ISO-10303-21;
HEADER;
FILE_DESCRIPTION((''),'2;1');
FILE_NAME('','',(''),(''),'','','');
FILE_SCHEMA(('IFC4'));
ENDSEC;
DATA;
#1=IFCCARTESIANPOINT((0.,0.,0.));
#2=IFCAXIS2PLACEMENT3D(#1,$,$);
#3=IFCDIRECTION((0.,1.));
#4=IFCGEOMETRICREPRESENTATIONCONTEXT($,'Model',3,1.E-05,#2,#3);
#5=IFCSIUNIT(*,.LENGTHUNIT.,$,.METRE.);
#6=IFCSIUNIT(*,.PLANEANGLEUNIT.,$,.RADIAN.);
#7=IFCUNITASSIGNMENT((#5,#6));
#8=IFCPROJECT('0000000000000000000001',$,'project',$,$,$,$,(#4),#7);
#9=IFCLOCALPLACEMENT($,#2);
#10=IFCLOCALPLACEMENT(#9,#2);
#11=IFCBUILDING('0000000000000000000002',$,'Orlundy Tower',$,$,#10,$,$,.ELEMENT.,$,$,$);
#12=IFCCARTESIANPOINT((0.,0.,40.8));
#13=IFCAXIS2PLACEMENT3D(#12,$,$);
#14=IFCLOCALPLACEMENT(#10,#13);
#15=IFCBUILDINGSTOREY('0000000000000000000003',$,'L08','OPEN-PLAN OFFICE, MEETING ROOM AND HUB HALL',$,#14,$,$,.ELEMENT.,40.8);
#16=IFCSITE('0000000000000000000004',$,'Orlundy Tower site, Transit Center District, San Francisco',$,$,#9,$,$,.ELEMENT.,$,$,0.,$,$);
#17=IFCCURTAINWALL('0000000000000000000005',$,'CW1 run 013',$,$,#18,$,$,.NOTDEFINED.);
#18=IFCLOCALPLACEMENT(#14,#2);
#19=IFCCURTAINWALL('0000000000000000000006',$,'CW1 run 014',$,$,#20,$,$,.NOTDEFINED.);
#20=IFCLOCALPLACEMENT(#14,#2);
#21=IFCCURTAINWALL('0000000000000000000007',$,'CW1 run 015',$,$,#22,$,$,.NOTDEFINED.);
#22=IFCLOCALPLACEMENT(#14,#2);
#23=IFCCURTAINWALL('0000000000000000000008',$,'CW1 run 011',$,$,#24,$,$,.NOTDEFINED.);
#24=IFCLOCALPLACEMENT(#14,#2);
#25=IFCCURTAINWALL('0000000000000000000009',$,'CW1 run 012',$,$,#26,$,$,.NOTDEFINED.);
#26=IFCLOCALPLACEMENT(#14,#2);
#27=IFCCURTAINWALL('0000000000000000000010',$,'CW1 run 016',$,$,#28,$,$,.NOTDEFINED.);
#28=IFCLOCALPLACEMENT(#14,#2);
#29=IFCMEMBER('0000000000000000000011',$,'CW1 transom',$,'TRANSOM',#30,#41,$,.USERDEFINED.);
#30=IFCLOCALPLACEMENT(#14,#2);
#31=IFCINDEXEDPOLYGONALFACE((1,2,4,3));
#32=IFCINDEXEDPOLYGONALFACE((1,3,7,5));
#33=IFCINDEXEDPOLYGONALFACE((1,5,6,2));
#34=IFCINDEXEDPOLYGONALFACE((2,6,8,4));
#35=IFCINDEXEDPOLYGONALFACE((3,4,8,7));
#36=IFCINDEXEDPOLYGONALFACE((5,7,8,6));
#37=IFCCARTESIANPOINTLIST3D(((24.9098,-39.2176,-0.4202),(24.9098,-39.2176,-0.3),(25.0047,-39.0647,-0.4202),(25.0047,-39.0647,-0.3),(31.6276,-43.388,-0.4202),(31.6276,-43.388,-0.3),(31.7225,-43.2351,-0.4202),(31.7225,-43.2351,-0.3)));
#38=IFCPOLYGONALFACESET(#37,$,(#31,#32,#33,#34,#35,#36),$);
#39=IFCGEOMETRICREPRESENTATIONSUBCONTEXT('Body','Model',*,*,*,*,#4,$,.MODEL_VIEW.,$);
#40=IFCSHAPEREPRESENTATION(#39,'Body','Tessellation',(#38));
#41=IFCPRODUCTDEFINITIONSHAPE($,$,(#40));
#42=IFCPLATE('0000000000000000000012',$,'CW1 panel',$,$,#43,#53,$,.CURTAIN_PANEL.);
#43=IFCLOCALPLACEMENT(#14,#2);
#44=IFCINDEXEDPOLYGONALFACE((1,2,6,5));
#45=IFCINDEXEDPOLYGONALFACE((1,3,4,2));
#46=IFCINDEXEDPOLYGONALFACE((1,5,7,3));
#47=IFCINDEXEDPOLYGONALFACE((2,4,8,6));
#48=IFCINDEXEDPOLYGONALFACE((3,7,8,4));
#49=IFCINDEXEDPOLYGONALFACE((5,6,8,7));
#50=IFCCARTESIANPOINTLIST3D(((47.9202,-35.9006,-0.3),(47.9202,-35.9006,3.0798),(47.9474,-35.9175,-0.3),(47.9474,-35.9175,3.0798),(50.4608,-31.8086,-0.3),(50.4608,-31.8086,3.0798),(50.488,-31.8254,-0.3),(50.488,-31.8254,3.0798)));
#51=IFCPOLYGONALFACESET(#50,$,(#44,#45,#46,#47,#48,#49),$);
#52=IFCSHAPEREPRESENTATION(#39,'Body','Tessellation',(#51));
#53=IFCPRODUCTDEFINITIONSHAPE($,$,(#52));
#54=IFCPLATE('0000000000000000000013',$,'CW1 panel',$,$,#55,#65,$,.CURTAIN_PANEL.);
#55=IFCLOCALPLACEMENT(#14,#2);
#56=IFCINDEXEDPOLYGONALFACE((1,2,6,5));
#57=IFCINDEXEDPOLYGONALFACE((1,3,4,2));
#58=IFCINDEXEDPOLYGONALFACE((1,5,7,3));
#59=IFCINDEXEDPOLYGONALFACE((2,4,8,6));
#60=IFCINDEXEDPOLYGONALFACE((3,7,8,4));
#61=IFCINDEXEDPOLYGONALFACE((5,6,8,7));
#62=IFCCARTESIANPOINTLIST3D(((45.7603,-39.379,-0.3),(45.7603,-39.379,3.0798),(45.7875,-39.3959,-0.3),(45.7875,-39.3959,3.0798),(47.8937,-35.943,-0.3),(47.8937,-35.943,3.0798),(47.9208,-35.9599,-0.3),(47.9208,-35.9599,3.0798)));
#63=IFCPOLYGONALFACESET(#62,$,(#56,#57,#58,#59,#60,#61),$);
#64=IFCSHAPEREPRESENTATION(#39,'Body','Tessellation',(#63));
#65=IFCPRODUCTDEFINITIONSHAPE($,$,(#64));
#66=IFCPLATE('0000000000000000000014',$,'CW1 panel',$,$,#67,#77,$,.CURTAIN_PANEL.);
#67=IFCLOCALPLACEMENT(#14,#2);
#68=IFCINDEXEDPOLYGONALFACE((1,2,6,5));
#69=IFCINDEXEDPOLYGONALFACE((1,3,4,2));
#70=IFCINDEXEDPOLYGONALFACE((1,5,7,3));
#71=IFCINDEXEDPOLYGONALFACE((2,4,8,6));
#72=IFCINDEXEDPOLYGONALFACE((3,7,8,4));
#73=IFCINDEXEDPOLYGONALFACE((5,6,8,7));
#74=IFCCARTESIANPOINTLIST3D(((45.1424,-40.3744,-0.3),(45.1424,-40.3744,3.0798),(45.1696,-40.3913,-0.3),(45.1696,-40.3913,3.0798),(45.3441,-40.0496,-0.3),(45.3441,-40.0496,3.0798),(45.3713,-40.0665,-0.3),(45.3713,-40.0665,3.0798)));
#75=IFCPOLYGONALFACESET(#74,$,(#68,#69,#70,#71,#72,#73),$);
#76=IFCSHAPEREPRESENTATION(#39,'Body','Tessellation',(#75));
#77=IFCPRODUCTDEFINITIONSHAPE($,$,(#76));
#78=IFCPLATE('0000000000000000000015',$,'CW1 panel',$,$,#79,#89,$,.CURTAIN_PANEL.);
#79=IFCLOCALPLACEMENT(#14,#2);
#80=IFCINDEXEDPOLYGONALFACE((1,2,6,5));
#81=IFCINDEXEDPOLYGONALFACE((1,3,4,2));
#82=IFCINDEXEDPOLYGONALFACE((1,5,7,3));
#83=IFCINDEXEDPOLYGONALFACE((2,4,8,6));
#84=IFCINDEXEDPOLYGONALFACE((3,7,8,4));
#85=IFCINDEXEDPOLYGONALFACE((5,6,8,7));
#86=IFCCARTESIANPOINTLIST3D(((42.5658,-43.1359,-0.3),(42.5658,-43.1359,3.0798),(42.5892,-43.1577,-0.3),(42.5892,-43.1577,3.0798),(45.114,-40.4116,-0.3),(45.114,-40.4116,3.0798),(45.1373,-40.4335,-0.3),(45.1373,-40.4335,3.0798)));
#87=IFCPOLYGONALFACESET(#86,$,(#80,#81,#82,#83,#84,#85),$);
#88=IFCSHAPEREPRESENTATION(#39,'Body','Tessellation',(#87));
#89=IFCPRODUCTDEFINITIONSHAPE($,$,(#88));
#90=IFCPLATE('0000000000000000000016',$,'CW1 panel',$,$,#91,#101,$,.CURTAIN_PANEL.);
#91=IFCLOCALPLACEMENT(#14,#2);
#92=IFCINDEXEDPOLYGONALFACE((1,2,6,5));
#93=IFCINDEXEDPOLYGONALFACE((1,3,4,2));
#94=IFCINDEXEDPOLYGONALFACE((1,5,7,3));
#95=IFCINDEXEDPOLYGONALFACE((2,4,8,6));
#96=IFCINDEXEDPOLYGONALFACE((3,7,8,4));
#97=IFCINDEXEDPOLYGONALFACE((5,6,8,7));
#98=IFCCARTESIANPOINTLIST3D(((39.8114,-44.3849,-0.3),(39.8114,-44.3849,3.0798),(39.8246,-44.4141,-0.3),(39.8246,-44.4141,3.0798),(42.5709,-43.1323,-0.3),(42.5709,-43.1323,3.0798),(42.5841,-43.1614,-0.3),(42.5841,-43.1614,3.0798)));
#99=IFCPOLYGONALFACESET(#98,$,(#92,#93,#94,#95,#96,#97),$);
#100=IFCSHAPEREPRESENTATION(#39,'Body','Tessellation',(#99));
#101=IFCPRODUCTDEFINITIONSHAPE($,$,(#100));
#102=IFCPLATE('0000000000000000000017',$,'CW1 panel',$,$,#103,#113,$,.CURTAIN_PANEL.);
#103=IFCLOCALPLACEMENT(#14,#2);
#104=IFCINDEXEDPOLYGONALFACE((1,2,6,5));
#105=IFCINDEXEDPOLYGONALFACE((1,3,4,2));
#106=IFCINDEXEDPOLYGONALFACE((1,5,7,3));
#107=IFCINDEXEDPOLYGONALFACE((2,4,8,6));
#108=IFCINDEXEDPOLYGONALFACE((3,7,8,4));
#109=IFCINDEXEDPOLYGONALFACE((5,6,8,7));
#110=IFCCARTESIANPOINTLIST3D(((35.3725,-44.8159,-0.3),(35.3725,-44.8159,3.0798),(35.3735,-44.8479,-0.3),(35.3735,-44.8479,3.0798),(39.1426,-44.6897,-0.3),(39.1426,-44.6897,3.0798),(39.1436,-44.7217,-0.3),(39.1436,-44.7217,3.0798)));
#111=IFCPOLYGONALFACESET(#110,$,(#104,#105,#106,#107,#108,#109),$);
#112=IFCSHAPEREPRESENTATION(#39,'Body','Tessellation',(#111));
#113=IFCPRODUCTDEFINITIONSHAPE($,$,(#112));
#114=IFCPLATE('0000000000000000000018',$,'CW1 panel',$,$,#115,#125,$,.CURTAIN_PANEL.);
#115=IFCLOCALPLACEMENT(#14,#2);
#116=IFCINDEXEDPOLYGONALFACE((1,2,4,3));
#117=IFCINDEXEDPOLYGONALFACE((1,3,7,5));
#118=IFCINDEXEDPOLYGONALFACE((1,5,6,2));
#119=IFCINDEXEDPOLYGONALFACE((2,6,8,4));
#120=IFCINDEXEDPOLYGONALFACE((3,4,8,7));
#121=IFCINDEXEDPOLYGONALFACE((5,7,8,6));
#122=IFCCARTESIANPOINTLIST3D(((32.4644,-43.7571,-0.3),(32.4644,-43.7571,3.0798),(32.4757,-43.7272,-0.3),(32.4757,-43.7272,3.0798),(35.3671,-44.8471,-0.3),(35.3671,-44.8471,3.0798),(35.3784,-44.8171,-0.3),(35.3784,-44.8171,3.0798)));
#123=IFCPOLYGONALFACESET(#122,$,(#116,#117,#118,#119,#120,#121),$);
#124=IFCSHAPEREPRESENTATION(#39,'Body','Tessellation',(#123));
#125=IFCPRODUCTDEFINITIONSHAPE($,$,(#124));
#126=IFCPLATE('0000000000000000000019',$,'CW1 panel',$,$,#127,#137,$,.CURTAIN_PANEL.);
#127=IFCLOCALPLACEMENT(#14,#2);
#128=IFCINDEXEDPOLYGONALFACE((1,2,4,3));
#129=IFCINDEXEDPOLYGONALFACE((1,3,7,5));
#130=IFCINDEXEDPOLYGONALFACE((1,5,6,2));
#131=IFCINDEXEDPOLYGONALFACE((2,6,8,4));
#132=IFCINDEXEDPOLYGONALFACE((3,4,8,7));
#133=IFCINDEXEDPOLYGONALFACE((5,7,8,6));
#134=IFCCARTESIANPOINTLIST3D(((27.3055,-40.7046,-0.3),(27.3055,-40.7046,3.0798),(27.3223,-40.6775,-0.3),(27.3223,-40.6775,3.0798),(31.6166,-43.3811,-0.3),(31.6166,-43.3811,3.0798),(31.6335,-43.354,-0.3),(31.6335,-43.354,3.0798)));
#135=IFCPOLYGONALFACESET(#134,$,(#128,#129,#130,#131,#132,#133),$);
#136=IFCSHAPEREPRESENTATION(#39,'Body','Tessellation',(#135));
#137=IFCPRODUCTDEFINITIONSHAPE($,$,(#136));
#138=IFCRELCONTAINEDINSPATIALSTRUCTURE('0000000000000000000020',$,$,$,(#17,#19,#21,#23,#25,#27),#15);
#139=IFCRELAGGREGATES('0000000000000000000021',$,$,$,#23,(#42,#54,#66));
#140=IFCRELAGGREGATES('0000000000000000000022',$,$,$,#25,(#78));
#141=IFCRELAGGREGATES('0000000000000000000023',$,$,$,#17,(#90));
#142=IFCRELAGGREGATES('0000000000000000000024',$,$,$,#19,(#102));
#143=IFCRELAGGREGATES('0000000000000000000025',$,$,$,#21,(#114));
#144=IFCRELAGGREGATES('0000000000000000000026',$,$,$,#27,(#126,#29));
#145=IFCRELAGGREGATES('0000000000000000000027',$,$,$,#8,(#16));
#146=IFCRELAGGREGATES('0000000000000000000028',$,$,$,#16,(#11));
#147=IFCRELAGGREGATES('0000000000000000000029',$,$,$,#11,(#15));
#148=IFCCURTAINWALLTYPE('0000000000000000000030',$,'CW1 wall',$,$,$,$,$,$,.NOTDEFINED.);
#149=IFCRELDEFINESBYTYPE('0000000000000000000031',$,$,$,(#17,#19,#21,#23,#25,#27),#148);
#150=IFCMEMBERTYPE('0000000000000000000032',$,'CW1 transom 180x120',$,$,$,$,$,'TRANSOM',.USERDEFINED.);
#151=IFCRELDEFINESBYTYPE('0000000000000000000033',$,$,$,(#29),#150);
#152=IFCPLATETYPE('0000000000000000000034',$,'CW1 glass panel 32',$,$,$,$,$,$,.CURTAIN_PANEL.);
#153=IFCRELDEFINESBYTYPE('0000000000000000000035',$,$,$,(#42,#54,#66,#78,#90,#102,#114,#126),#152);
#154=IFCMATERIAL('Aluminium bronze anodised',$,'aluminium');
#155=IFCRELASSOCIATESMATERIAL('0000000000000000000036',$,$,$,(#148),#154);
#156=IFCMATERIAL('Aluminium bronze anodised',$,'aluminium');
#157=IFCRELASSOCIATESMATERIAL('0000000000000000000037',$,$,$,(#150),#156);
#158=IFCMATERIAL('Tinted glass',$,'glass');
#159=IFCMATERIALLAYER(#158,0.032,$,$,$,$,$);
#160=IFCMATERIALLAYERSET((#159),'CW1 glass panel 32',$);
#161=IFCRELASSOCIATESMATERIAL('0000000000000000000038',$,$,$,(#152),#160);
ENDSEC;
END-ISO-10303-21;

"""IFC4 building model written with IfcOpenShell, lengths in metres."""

from ifc_helpers import new_model, si_unit, direction, frame, origin, origin_2d, place, context, subcontext, project, spatial, rectangle, extrude, material, layer, layer_set, material_profile, profile_set, type_object, element, aggregate, save


model = new_model("IFC4")

# Units and contexts
model_context = context("Model", 3, precision=1e-05, world=origin(), true_north=direction((0.0, 1.0)))
body_context = subcontext(model_context, "Body", "Model", "MODEL_VIEW")
ifc_project = project(units=[si_unit("LENGTHUNIT", "METRE"), si_unit("PLANEANGLEUNIT", "RADIAN")], contexts=[model_context])

# Site, building, storey
site_placement = place(None, origin())
site = spatial("IfcSite", under=ifc_project, at=site_placement, Name="Orlundy Tower site, Transit Center District, San Francisco", CompositionType="ELEMENT", RefElevation=0.0)
building_placement = place(site_placement, origin())
building = spatial("IfcBuilding", under=site, at=building_placement, Name="Orlundy Tower", CompositionType="ELEMENT")
storey_placement = place(building_placement, frame((0.0, 0.0, 40.8)))
storey = spatial("IfcBuildingStorey", under=building, at=storey_placement, Name="L08", Description="OPEN-PLAN OFFICE, MEETING ROOM AND HUB HALL", CompositionType="ELEMENT", Elevation=40.8)

# Curtain walls
ifc_material_1 = material(Name="Aluminium bronze anodised", Category="aluminium")
curtain_wall_type = type_object("IfcCurtainWallType", Name="CW1 wall", PredefinedType="NOTDEFINED", material=ifc_material_1)
curtain_wall_1_placement = place(storey_placement, origin())
curtain_wall_1 = element("IfcCurtainWall", 1, at=curtain_wall_1_placement, inside=storey, type_object=curtain_wall_type, Name="CW1 run 013", PredefinedType="NOTDEFINED")
curtain_wall_2_placement = place(storey_placement, origin())
curtain_wall_2 = element("IfcCurtainWall", 2, at=curtain_wall_2_placement, inside=storey, type_object=curtain_wall_type, Name="CW1 run 014", PredefinedType="NOTDEFINED")
curtain_wall_3_placement = place(storey_placement, origin())
curtain_wall_3 = element("IfcCurtainWall", 3, at=curtain_wall_3_placement, inside=storey, type_object=curtain_wall_type, Name="CW1 run 015", PredefinedType="NOTDEFINED")
curtain_wall_4_placement = place(storey_placement, origin())
curtain_wall_4 = element("IfcCurtainWall", 4, at=curtain_wall_4_placement, inside=storey, type_object=curtain_wall_type, Name="CW1 run 011", PredefinedType="NOTDEFINED")
curtain_wall_5_placement = place(storey_placement, origin())
curtain_wall_5 = element("IfcCurtainWall", 5, at=curtain_wall_5_placement, inside=storey, type_object=curtain_wall_type, Name="CW1 run 012", PredefinedType="NOTDEFINED")

# Shared definitions
ifc_material_2 = material(Name="Aluminium bronze anodised", Category="aluminium")
ifc_material_profile_1 = material_profile(ifc_material_2, rectangle(XDim=0.1799, YDim=0.1201, at=origin_2d()), Name="CW1 transom 180x120")
ifc_profile_set_1 = profile_set([ifc_material_profile_1], Name="Aluminium bronze anodised")
member_type_1 = type_object("IfcMemberType", Name="CW1 transom 180x120", ElementType="TRANSOM", PredefinedType="USERDEFINED", material=ifc_profile_set_1)

# Curtain wall, member
curtain_wall_6_placement = place(storey_placement, origin())
curtain_wall_6 = element("IfcCurtainWall", 6, at=curtain_wall_6_placement, inside=storey, type_object=curtain_wall_type, Name="CW1 run 016", PredefinedType="NOTDEFINED")
member_1_placement = place(storey_placement, frame((31.675, -43.3115, -0.3601), z_axis=(-0.849597, 0.527432, 0.0), x_axis=(-0.527432, -0.849597, 0.0)))
member_1 = element("IfcMember", 7, at=member_1_placement, type_object=member_type_1, Name="CW1 transom", ObjectType="TRANSOM", PredefinedType="USERDEFINED", context=body_context, shape_type="SweptSolid", body=[
    extrude(rectangle(XDim=0.1799, YDim=0.1201, at=origin_2d()), origin(), (0.0, 0.0, 1.0), 7.907),
])

# Plates
ifc_material_3 = material(Name="Tinted glass", Category="glass")
ifc_layer_1 = layer(ifc_material_3, 0.032)
ifc_layer_set_1 = layer_set([ifc_layer_1], Name="CW1 glass panel 32")
plate_type = type_object("IfcPlateType", Name="CW1 glass panel 32", PredefinedType="CURTAIN_PANEL", material=ifc_layer_set_1)
plate_1_placement = place(storey_placement, frame((49.2041, -33.863, -0.3), z_axis=(0.0, 0.0, 1.0), x_axis=(-0.527475, -0.84957, 0.0)))
plate_1 = element("IfcPlate", 8, at=plate_1_placement, type_object=plate_type, Name="CW1 panel", PredefinedType="CURTAIN_PANEL", context=body_context, shape_type="SweptSolid", body=[
    extrude(rectangle(XDim=4.8167, YDim=0.032, at=origin_2d()), origin(), (0.0, 0.0, 1.0), 3.3799),
])
plate_2_placement = place(storey_placement, frame((46.8406, -37.6694, -0.3), z_axis=(0.0, 0.0, 1.0), x_axis=(-0.527475, -0.84957, 0.0)))
plate_2 = element("IfcPlate", 9, at=plate_2_placement, type_object=plate_type, Name="CW1 panel", PredefinedType="CURTAIN_PANEL", context=body_context, shape_type="SweptSolid", body=[
    extrude(rectangle(XDim=4.0444, YDim=0.032, at=origin_2d()), origin(), (0.0, 0.0, 1.0), 3.3799),
])
plate_3_placement = place(storey_placement, frame((45.2568, -40.2205, -0.3), z_axis=(0.0, 0.0, 1.0), x_axis=(-0.527475, -0.84957, 0.0)))
plate_3 = element("IfcPlate", 10, at=plate_3_placement, type_object=plate_type, Name="CW1 panel", PredefinedType="CURTAIN_PANEL", context=body_context, shape_type="SweptSolid", body=[
    extrude(rectangle(XDim=0.3823, YDim=0.032, at=origin_2d()), origin(), (0.0, 0.0, 1.0), 3.3799),
])
aggregate(curtain_wall_4, [plate_1, plate_2, plate_3])
plate_4_placement = place(storey_placement, frame((43.8516, -41.7847, -0.3), z_axis=(0.0, 0.0, 1.0), x_axis=(-0.683106, -0.730319, 0.0)))
plate_4 = element("IfcPlate", 11, at=plate_4_placement, type_object=plate_type, Name="CW1 panel", PredefinedType="CURTAIN_PANEL", context=body_context, shape_type="SweptSolid", body=[
    extrude(rectangle(XDim=3.7302, YDim=0.032, at=origin_2d()), origin(), (0.0, 0.0, 1.0), 3.3799),
])
aggregate(curtain_wall_5, [plate_4])
plate_5_placement = place(storey_placement, frame((41.1978, -43.7732, -0.3), z_axis=(0.0, 0.0, 1.0), x_axis=(-0.910579, -0.413335, 0.0)))
plate_5 = element("IfcPlate", 12, at=plate_5_placement, type_object=plate_type, Name="CW1 panel", PredefinedType="CURTAIN_PANEL", context=body_context, shape_type="SweptSolid", body=[
    extrude(rectangle(XDim=3.0305, YDim=0.032, at=origin_2d()), origin(), (0.0, 0.0, 1.0), 3.3799),
])
aggregate(curtain_wall_1, [plate_5])
plate_6_placement = place(storey_placement, frame((37.2581, -44.7688, -0.3), z_axis=(0.0, 0.0, 1.0), x_axis=(-0.99944, -0.03345, 0.0)))
plate_6 = element("IfcPlate", 13, at=plate_6_placement, type_object=plate_type, Name="CW1 panel", PredefinedType="CURTAIN_PANEL", context=body_context, shape_type="SweptSolid", body=[
    extrude(rectangle(XDim=3.7722, YDim=0.032, at=origin_2d()), origin(), (0.0, 0.0, 1.0), 3.3799),
])
aggregate(curtain_wall_2, [plate_6])
plate_7_placement = place(storey_placement, frame((33.9214, -44.2871, -0.3), z_axis=(0.0, 0.0, 1.0), x_axis=(-0.936174, 0.351537, 0.0)))
plate_7 = element("IfcPlate", 14, at=plate_7_placement, type_object=plate_type, Name="CW1 panel", PredefinedType="CURTAIN_PANEL", context=body_context, shape_type="SweptSolid", body=[
    extrude(rectangle(XDim=3.1006, YDim=0.032, at=origin_2d()), origin(), (0.0, 0.0, 1.0), 3.3799),
])
aggregate(curtain_wall_3, [plate_7])
plate_8_placement = place(storey_placement, frame((29.4695, -42.0293, -0.3), z_axis=(0.0, 0.0, 1.0), x_axis=(-0.849587, 0.527449, 0.0)))
plate_8 = element("IfcPlate", 15, at=plate_8_placement, type_object=plate_type, Name="CW1 panel", PredefinedType="CURTAIN_PANEL", context=body_context, shape_type="SweptSolid", body=[
    extrude(rectangle(XDim=5.0745, YDim=0.032, at=origin_2d()), origin(), (0.0, 0.0, 1.0), 3.3799),
])
aggregate(curtain_wall_6, [plate_8, member_1])

save(model, "model.ifc")
